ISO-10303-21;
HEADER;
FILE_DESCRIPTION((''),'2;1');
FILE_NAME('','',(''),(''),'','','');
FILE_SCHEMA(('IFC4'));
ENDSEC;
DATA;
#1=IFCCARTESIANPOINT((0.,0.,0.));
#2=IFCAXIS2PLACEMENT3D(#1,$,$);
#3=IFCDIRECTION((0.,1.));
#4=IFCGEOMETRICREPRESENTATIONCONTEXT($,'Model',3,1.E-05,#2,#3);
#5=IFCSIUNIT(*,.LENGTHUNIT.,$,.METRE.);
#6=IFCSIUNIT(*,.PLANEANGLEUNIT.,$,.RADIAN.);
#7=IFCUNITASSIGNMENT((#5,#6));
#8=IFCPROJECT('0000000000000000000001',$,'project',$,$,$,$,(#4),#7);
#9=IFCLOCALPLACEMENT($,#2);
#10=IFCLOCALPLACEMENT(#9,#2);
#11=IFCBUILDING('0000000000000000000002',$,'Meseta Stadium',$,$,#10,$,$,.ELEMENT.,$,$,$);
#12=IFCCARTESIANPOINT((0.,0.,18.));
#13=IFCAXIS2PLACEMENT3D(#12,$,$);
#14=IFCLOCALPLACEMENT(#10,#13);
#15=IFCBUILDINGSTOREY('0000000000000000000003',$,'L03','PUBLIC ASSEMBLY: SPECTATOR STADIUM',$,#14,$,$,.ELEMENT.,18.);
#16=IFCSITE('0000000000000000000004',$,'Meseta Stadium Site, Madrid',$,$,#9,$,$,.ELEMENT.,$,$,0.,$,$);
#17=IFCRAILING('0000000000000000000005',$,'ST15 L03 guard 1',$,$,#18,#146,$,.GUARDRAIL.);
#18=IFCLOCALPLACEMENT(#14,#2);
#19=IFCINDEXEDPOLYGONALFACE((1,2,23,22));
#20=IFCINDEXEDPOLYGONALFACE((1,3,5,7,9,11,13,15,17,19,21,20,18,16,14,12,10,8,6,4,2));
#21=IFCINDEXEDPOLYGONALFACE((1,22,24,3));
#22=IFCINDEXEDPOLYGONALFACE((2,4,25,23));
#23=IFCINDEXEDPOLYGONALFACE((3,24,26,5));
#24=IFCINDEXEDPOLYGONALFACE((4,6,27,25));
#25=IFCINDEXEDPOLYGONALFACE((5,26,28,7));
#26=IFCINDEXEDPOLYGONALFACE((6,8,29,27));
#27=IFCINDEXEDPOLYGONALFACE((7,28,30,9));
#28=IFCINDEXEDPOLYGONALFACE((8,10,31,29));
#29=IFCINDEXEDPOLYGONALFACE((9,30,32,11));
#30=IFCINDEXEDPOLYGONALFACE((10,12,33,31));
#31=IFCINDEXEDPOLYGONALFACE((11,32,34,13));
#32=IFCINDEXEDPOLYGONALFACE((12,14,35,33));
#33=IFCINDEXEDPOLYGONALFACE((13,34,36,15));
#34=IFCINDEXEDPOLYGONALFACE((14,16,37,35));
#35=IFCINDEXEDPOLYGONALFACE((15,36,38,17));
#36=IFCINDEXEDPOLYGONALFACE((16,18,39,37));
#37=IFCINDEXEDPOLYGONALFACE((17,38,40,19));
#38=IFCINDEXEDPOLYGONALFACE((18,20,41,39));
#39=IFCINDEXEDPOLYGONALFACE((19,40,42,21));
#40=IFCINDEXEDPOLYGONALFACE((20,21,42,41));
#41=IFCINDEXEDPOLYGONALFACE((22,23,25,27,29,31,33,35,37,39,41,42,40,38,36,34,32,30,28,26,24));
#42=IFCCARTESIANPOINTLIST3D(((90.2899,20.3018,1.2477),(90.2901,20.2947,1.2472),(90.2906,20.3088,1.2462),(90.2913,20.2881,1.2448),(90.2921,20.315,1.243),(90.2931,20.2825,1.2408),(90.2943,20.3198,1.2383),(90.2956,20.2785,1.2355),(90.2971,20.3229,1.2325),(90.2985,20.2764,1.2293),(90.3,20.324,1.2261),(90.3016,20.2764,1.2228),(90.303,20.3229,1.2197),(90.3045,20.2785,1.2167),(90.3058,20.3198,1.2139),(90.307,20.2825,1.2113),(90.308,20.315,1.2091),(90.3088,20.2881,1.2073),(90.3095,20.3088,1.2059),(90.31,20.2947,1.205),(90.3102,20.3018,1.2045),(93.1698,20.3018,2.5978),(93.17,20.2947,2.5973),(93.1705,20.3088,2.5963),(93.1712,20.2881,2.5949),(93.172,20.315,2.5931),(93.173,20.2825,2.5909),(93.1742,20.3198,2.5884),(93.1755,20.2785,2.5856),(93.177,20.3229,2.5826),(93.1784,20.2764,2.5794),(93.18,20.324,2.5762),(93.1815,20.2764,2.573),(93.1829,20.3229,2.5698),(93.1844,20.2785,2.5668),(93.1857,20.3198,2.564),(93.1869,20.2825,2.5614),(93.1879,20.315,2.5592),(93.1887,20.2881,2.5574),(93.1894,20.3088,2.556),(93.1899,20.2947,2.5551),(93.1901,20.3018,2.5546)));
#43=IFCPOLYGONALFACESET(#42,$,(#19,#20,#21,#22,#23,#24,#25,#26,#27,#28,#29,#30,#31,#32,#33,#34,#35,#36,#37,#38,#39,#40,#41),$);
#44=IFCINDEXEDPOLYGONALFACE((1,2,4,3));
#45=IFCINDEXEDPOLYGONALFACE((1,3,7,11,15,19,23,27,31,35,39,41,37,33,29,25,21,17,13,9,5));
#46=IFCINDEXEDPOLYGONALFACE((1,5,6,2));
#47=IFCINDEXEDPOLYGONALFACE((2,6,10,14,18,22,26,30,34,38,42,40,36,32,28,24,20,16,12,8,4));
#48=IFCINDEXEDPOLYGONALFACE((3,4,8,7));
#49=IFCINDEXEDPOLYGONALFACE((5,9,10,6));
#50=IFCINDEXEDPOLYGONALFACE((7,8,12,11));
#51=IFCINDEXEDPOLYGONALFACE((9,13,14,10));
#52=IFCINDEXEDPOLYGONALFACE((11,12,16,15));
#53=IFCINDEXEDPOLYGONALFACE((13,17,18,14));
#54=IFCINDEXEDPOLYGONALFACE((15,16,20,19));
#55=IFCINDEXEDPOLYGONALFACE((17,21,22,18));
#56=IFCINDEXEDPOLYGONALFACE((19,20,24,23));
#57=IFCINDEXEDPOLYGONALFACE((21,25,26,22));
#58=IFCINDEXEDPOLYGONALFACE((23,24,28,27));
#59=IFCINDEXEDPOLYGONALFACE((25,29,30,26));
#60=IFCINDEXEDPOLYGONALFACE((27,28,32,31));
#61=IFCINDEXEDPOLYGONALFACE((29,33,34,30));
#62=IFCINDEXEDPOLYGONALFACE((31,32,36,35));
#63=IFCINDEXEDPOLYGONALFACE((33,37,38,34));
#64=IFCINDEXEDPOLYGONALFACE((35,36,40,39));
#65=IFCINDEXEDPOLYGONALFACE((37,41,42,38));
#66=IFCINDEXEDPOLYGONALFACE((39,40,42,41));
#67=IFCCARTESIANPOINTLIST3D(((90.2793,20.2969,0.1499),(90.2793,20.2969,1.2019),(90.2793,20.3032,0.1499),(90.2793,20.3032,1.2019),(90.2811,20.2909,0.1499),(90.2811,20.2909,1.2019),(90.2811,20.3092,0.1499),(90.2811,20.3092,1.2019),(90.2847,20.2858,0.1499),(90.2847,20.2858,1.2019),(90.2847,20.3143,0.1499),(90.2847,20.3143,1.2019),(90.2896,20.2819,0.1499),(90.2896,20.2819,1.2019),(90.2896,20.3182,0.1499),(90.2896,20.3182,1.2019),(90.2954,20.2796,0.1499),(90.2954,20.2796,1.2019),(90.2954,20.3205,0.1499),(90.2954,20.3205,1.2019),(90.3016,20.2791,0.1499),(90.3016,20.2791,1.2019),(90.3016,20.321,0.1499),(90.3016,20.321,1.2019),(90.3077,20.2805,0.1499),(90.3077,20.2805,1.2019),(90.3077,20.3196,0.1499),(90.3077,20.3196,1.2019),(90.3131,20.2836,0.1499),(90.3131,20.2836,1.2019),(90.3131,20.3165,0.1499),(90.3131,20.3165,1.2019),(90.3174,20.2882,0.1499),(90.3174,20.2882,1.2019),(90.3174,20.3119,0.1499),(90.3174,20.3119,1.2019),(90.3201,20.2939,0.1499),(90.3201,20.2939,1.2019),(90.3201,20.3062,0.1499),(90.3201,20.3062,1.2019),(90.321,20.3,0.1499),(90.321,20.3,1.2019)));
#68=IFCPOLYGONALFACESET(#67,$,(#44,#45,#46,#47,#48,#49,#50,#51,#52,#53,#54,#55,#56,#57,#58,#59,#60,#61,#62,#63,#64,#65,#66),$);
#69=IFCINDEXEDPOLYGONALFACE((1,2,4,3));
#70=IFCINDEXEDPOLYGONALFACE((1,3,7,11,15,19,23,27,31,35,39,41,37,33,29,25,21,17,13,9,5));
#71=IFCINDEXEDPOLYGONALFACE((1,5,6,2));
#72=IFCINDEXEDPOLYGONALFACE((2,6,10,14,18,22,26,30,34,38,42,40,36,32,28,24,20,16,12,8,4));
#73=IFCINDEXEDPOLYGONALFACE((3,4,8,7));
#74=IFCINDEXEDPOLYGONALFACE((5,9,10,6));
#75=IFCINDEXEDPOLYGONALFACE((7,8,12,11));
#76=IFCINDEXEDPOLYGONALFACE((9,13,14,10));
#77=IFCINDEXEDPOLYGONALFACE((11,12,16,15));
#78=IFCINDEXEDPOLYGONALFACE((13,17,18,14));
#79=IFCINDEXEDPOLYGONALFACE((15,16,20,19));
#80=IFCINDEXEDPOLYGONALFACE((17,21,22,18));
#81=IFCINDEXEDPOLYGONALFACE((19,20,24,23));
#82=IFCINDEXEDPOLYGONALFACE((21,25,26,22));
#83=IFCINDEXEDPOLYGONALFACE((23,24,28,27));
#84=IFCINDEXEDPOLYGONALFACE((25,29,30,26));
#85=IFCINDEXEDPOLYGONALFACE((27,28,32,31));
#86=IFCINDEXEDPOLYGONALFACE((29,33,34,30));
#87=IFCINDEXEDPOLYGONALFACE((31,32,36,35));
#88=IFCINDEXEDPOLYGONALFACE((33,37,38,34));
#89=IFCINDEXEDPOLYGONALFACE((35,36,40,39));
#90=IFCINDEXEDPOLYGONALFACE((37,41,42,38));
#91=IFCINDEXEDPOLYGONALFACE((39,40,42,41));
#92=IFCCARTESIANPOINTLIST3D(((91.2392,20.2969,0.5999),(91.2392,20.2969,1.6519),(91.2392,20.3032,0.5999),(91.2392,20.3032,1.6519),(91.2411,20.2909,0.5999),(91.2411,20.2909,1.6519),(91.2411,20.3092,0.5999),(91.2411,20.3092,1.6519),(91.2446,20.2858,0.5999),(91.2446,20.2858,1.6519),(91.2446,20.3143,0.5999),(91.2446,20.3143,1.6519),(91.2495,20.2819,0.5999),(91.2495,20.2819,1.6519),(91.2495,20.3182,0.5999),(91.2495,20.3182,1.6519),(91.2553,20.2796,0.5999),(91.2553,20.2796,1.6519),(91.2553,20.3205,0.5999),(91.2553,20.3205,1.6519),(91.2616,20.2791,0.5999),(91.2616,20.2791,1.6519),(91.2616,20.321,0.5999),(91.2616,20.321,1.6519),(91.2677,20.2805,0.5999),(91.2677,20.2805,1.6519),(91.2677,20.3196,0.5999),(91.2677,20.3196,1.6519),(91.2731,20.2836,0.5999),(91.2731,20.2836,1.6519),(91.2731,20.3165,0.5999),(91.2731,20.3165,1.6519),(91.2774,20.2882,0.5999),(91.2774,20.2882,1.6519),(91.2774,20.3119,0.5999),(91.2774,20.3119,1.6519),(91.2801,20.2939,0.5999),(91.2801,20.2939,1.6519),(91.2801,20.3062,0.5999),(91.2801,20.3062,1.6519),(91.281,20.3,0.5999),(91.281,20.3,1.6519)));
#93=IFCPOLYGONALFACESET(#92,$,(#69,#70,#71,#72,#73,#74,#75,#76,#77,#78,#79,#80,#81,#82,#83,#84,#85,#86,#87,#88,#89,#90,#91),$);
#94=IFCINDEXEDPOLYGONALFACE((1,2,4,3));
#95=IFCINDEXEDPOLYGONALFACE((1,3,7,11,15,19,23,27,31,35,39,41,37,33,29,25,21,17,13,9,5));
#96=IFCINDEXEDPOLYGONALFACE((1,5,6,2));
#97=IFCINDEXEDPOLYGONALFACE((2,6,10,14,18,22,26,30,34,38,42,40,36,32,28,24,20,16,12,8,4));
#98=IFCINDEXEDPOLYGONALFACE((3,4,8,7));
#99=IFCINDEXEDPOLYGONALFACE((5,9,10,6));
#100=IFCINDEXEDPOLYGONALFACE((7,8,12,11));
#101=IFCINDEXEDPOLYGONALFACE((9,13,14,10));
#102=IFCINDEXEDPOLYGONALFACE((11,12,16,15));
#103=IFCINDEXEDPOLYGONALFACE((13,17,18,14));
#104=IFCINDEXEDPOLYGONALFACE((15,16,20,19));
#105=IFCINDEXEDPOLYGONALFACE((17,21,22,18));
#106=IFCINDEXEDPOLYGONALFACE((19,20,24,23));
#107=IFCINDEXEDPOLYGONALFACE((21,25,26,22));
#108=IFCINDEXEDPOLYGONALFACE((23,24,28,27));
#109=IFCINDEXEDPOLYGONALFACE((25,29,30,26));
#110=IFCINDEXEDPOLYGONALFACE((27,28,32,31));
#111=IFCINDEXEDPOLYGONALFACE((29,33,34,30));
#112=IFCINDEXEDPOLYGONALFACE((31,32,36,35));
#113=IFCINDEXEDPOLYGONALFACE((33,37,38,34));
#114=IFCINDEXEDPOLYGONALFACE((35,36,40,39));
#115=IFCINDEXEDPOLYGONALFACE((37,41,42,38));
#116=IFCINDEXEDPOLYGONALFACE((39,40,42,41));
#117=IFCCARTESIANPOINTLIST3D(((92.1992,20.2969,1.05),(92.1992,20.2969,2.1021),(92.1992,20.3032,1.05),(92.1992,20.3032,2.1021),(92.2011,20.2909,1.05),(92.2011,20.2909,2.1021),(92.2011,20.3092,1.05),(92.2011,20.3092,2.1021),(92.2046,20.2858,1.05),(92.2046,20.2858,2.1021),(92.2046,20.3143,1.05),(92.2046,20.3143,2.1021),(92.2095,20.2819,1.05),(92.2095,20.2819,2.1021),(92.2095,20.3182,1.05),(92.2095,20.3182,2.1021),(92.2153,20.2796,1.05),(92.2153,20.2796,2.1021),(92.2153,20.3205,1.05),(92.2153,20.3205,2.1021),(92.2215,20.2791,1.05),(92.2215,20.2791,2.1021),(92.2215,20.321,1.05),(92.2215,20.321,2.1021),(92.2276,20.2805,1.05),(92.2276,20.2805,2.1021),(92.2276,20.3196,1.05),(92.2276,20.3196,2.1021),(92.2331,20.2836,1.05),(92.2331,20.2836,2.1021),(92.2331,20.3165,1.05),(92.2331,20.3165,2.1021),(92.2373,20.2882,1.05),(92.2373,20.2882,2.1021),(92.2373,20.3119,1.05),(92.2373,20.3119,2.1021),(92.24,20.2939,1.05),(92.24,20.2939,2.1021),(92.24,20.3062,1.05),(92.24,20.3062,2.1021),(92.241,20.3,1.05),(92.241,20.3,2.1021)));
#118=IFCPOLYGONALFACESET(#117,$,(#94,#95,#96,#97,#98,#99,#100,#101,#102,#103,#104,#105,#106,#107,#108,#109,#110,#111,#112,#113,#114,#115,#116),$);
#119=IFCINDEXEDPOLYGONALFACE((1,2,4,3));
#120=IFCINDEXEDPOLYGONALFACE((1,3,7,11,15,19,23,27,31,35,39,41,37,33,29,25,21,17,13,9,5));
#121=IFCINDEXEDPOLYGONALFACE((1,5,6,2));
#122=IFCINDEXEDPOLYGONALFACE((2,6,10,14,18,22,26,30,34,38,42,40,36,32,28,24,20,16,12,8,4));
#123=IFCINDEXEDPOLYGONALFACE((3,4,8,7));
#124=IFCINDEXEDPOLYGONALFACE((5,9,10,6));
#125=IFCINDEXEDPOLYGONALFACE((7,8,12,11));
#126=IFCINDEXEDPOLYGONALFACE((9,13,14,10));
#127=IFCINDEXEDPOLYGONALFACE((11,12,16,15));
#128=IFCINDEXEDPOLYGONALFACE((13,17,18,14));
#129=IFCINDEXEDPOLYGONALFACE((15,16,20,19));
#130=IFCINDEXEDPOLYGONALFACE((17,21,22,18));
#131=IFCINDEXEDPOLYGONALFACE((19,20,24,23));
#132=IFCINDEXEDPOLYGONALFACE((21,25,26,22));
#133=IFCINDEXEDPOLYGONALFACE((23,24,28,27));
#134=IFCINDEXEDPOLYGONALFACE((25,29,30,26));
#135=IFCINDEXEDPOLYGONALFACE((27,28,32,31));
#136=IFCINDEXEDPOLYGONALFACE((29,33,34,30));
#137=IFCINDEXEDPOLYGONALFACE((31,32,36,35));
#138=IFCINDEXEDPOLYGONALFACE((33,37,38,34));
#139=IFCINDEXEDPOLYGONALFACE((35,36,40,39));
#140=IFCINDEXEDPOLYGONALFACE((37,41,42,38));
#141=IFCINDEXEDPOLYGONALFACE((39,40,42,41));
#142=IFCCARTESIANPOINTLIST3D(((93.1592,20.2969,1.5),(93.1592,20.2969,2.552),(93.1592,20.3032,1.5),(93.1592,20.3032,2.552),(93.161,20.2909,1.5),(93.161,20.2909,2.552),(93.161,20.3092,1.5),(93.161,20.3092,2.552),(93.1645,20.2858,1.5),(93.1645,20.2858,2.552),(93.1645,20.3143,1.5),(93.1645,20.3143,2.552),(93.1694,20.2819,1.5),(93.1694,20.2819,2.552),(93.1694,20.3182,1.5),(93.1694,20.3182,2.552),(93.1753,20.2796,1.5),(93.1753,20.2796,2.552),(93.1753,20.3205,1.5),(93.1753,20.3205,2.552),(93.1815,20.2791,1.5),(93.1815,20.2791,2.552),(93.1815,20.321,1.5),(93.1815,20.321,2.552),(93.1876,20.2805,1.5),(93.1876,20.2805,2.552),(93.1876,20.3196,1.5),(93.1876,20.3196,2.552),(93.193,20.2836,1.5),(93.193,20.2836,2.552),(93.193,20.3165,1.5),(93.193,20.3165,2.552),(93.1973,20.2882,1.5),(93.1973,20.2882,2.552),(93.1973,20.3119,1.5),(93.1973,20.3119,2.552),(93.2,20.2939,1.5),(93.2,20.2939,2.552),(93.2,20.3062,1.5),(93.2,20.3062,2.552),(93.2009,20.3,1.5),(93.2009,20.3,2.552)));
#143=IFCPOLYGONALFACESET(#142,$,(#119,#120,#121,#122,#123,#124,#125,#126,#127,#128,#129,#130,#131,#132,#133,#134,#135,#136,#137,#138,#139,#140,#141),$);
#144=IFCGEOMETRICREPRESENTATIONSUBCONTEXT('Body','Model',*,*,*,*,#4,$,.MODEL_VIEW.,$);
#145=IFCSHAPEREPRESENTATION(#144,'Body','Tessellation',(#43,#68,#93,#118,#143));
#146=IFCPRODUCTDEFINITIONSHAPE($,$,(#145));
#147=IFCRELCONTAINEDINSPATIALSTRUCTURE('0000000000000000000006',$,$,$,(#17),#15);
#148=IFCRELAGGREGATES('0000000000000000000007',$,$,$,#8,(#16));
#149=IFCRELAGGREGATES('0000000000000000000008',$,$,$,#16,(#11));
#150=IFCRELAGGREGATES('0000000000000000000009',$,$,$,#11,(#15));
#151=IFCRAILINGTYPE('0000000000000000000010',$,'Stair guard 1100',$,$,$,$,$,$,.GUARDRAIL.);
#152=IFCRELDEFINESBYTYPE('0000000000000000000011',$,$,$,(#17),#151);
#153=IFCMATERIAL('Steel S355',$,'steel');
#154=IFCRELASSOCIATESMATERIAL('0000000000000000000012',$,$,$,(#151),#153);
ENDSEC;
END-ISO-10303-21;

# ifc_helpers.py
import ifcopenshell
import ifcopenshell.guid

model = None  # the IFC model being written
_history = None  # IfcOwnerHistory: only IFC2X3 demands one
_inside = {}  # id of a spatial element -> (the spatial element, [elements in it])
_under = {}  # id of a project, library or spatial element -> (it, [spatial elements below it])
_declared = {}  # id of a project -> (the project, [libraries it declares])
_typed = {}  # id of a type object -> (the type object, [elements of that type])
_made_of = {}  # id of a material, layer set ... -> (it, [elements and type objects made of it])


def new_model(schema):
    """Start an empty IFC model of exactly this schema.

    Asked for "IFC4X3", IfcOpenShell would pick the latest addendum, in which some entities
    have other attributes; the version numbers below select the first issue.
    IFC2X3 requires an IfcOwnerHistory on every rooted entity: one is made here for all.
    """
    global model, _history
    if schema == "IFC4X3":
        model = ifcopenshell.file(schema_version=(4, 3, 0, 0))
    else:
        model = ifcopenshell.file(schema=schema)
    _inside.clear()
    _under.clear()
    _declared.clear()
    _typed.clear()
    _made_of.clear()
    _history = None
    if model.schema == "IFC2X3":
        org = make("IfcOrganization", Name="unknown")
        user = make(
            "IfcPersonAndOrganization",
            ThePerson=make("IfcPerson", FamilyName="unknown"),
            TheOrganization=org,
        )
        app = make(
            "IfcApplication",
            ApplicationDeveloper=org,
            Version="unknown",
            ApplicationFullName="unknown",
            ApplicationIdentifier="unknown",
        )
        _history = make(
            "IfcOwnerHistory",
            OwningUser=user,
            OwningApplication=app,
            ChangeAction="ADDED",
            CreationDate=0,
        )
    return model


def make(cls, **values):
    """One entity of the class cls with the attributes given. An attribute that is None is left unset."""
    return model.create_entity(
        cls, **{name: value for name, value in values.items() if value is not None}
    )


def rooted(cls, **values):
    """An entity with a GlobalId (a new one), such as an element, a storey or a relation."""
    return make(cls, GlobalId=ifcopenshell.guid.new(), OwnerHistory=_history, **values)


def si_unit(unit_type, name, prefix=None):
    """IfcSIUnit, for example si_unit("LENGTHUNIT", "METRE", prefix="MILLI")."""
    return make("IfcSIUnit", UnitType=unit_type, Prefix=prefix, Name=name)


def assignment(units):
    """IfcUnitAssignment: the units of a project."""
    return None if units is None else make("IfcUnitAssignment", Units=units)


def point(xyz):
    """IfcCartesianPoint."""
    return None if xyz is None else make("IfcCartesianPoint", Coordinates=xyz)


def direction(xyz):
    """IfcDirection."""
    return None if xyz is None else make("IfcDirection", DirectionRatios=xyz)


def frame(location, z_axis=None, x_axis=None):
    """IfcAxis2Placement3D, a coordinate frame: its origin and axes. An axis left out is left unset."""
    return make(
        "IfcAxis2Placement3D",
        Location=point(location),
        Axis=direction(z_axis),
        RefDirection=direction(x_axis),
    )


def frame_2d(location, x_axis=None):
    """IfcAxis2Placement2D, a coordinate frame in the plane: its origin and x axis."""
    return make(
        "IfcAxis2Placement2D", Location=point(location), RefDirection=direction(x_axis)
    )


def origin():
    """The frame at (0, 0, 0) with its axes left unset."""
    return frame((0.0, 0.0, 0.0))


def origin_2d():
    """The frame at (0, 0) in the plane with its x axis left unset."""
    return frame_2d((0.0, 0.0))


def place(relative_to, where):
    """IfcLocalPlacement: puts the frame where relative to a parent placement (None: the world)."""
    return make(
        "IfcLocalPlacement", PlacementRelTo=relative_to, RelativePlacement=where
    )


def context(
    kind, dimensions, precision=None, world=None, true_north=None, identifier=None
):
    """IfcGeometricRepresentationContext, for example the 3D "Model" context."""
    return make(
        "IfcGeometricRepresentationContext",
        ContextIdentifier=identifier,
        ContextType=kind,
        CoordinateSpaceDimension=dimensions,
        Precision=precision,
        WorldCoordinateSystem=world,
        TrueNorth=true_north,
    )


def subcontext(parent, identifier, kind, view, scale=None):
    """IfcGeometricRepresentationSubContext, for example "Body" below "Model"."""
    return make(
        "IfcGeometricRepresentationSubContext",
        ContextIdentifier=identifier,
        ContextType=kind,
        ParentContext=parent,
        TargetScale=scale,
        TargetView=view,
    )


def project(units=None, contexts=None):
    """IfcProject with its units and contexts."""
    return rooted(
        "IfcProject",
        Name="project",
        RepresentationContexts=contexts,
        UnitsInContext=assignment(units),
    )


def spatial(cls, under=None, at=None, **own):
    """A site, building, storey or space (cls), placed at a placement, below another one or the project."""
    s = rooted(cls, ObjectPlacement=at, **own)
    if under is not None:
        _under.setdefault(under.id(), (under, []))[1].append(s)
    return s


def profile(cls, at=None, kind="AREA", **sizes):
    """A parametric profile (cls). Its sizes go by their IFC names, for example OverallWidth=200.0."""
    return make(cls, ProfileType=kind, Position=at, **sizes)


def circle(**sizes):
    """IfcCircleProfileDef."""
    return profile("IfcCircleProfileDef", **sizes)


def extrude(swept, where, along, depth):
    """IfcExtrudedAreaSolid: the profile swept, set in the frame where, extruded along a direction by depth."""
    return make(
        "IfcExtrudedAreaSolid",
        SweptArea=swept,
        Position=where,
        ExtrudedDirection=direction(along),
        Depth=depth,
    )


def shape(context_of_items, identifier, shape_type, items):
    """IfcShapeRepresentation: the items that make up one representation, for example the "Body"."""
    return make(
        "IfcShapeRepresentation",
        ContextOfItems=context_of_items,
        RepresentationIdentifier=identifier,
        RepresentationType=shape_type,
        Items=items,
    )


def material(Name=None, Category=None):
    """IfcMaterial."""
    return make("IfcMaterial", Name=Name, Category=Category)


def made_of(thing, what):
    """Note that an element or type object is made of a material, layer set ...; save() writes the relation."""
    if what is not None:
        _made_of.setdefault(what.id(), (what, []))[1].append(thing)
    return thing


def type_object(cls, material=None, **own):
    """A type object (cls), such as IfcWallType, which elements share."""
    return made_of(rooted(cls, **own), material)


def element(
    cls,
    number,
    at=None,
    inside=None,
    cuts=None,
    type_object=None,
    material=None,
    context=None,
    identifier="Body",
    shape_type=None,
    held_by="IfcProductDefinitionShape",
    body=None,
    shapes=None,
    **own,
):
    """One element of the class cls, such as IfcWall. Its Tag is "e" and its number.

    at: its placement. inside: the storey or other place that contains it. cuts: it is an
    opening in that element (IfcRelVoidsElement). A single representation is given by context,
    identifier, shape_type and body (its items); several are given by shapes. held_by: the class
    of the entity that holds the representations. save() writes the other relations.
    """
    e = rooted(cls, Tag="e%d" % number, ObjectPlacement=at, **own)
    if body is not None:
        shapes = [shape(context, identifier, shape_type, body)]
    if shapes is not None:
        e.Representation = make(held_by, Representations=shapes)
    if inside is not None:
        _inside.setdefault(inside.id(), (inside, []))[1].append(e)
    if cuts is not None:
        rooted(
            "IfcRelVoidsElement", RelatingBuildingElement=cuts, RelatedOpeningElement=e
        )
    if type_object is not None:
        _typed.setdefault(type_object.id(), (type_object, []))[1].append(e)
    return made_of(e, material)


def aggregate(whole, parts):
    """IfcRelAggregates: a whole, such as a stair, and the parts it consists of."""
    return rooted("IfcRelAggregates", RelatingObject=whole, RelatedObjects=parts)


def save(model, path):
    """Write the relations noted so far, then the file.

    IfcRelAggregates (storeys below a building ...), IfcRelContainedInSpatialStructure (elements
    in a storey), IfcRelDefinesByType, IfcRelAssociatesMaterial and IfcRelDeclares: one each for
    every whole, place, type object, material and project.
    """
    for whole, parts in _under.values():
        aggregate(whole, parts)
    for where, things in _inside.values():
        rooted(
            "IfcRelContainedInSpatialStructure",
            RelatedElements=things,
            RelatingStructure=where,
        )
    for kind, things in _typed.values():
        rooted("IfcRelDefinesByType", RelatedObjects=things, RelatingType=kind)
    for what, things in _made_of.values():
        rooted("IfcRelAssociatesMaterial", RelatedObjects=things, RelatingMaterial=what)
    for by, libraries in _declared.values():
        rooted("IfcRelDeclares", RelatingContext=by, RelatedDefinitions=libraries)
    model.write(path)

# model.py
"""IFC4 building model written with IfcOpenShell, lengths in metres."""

from ifc_helpers import new_model, si_unit, direction, frame, origin, origin_2d, place, context, subcontext, project, spatial, circle, extrude, material, type_object, element, save


model = new_model("IFC4")

# Units and contexts
model_context = context("Model", 3, precision=1e-05, world=origin(), true_north=direction((0.0, 1.0)))
body_context = subcontext(model_context, "Body", "Model", "MODEL_VIEW")
ifc_project = project(units=[si_unit("LENGTHUNIT", "METRE"), si_unit("PLANEANGLEUNIT", "RADIAN")], contexts=[model_context])

# Site, building, storey
site_placement = place(None, origin())
site = spatial("IfcSite", under=ifc_project, at=site_placement, Name="Meseta Stadium Site, Madrid", CompositionType="ELEMENT", RefElevation=0.0)
building_placement = place(site_placement, origin())
building = spatial("IfcBuilding", under=site, at=building_placement, Name="Meseta Stadium", CompositionType="ELEMENT")
storey_placement = place(building_placement, frame((0.0, 0.0, 18.0)))
storey = spatial("IfcBuildingStorey", under=building, at=storey_placement, Name="L03", Description="PUBLIC ASSEMBLY: SPECTATOR STADIUM", CompositionType="ELEMENT", Elevation=18.0)

# Railing
ifc_material_1 = material(Name="Steel S355", Category="steel")
railing_type_1 = type_object("IfcRailingType", Name="Stair guard 1100", PredefinedType="GUARDRAIL", material=ifc_material_1)
railing_1_placement = place(storey_placement, frame((90.3, 20.3, 0.1499)))
element("IfcRailing", 1, at=railing_1_placement, inside=storey, type_object=railing_type_1, Name="ST15 L03 guard 1", PredefinedType="GUARDRAIL", context=body_context, shape_type="SweptSolid", body=[
    extrude(circle(Radius=0.0239, at=origin_2d()), frame((0.0, 0.0, 1.0762), z_axis=(0.90544, 0.0, 0.424473), x_axis=(0.0, 1.0, 0.0)), (0.0, 0.0, 1.0), 3.1807),
    extrude(circle(Radius=0.021, at=origin_2d()), origin(), (0.0, 0.0, 1.0), 1.052),
    extrude(circle(Radius=0.021, at=origin_2d()), frame((0.96, 0.0, 0.45)), (0.0, 0.0, 1.0), 1.052),
    extrude(circle(Radius=0.021, at=origin_2d()), frame((1.9199, 0.0, 0.9001)), (0.0, 0.0, 1.0), 1.052),
    extrude(circle(Radius=0.021, at=origin_2d()), frame((2.8799, 0.0, 1.3501)), (0.0, 0.0, 1.0), 1.052),
])

save(model, "model.ifc")
